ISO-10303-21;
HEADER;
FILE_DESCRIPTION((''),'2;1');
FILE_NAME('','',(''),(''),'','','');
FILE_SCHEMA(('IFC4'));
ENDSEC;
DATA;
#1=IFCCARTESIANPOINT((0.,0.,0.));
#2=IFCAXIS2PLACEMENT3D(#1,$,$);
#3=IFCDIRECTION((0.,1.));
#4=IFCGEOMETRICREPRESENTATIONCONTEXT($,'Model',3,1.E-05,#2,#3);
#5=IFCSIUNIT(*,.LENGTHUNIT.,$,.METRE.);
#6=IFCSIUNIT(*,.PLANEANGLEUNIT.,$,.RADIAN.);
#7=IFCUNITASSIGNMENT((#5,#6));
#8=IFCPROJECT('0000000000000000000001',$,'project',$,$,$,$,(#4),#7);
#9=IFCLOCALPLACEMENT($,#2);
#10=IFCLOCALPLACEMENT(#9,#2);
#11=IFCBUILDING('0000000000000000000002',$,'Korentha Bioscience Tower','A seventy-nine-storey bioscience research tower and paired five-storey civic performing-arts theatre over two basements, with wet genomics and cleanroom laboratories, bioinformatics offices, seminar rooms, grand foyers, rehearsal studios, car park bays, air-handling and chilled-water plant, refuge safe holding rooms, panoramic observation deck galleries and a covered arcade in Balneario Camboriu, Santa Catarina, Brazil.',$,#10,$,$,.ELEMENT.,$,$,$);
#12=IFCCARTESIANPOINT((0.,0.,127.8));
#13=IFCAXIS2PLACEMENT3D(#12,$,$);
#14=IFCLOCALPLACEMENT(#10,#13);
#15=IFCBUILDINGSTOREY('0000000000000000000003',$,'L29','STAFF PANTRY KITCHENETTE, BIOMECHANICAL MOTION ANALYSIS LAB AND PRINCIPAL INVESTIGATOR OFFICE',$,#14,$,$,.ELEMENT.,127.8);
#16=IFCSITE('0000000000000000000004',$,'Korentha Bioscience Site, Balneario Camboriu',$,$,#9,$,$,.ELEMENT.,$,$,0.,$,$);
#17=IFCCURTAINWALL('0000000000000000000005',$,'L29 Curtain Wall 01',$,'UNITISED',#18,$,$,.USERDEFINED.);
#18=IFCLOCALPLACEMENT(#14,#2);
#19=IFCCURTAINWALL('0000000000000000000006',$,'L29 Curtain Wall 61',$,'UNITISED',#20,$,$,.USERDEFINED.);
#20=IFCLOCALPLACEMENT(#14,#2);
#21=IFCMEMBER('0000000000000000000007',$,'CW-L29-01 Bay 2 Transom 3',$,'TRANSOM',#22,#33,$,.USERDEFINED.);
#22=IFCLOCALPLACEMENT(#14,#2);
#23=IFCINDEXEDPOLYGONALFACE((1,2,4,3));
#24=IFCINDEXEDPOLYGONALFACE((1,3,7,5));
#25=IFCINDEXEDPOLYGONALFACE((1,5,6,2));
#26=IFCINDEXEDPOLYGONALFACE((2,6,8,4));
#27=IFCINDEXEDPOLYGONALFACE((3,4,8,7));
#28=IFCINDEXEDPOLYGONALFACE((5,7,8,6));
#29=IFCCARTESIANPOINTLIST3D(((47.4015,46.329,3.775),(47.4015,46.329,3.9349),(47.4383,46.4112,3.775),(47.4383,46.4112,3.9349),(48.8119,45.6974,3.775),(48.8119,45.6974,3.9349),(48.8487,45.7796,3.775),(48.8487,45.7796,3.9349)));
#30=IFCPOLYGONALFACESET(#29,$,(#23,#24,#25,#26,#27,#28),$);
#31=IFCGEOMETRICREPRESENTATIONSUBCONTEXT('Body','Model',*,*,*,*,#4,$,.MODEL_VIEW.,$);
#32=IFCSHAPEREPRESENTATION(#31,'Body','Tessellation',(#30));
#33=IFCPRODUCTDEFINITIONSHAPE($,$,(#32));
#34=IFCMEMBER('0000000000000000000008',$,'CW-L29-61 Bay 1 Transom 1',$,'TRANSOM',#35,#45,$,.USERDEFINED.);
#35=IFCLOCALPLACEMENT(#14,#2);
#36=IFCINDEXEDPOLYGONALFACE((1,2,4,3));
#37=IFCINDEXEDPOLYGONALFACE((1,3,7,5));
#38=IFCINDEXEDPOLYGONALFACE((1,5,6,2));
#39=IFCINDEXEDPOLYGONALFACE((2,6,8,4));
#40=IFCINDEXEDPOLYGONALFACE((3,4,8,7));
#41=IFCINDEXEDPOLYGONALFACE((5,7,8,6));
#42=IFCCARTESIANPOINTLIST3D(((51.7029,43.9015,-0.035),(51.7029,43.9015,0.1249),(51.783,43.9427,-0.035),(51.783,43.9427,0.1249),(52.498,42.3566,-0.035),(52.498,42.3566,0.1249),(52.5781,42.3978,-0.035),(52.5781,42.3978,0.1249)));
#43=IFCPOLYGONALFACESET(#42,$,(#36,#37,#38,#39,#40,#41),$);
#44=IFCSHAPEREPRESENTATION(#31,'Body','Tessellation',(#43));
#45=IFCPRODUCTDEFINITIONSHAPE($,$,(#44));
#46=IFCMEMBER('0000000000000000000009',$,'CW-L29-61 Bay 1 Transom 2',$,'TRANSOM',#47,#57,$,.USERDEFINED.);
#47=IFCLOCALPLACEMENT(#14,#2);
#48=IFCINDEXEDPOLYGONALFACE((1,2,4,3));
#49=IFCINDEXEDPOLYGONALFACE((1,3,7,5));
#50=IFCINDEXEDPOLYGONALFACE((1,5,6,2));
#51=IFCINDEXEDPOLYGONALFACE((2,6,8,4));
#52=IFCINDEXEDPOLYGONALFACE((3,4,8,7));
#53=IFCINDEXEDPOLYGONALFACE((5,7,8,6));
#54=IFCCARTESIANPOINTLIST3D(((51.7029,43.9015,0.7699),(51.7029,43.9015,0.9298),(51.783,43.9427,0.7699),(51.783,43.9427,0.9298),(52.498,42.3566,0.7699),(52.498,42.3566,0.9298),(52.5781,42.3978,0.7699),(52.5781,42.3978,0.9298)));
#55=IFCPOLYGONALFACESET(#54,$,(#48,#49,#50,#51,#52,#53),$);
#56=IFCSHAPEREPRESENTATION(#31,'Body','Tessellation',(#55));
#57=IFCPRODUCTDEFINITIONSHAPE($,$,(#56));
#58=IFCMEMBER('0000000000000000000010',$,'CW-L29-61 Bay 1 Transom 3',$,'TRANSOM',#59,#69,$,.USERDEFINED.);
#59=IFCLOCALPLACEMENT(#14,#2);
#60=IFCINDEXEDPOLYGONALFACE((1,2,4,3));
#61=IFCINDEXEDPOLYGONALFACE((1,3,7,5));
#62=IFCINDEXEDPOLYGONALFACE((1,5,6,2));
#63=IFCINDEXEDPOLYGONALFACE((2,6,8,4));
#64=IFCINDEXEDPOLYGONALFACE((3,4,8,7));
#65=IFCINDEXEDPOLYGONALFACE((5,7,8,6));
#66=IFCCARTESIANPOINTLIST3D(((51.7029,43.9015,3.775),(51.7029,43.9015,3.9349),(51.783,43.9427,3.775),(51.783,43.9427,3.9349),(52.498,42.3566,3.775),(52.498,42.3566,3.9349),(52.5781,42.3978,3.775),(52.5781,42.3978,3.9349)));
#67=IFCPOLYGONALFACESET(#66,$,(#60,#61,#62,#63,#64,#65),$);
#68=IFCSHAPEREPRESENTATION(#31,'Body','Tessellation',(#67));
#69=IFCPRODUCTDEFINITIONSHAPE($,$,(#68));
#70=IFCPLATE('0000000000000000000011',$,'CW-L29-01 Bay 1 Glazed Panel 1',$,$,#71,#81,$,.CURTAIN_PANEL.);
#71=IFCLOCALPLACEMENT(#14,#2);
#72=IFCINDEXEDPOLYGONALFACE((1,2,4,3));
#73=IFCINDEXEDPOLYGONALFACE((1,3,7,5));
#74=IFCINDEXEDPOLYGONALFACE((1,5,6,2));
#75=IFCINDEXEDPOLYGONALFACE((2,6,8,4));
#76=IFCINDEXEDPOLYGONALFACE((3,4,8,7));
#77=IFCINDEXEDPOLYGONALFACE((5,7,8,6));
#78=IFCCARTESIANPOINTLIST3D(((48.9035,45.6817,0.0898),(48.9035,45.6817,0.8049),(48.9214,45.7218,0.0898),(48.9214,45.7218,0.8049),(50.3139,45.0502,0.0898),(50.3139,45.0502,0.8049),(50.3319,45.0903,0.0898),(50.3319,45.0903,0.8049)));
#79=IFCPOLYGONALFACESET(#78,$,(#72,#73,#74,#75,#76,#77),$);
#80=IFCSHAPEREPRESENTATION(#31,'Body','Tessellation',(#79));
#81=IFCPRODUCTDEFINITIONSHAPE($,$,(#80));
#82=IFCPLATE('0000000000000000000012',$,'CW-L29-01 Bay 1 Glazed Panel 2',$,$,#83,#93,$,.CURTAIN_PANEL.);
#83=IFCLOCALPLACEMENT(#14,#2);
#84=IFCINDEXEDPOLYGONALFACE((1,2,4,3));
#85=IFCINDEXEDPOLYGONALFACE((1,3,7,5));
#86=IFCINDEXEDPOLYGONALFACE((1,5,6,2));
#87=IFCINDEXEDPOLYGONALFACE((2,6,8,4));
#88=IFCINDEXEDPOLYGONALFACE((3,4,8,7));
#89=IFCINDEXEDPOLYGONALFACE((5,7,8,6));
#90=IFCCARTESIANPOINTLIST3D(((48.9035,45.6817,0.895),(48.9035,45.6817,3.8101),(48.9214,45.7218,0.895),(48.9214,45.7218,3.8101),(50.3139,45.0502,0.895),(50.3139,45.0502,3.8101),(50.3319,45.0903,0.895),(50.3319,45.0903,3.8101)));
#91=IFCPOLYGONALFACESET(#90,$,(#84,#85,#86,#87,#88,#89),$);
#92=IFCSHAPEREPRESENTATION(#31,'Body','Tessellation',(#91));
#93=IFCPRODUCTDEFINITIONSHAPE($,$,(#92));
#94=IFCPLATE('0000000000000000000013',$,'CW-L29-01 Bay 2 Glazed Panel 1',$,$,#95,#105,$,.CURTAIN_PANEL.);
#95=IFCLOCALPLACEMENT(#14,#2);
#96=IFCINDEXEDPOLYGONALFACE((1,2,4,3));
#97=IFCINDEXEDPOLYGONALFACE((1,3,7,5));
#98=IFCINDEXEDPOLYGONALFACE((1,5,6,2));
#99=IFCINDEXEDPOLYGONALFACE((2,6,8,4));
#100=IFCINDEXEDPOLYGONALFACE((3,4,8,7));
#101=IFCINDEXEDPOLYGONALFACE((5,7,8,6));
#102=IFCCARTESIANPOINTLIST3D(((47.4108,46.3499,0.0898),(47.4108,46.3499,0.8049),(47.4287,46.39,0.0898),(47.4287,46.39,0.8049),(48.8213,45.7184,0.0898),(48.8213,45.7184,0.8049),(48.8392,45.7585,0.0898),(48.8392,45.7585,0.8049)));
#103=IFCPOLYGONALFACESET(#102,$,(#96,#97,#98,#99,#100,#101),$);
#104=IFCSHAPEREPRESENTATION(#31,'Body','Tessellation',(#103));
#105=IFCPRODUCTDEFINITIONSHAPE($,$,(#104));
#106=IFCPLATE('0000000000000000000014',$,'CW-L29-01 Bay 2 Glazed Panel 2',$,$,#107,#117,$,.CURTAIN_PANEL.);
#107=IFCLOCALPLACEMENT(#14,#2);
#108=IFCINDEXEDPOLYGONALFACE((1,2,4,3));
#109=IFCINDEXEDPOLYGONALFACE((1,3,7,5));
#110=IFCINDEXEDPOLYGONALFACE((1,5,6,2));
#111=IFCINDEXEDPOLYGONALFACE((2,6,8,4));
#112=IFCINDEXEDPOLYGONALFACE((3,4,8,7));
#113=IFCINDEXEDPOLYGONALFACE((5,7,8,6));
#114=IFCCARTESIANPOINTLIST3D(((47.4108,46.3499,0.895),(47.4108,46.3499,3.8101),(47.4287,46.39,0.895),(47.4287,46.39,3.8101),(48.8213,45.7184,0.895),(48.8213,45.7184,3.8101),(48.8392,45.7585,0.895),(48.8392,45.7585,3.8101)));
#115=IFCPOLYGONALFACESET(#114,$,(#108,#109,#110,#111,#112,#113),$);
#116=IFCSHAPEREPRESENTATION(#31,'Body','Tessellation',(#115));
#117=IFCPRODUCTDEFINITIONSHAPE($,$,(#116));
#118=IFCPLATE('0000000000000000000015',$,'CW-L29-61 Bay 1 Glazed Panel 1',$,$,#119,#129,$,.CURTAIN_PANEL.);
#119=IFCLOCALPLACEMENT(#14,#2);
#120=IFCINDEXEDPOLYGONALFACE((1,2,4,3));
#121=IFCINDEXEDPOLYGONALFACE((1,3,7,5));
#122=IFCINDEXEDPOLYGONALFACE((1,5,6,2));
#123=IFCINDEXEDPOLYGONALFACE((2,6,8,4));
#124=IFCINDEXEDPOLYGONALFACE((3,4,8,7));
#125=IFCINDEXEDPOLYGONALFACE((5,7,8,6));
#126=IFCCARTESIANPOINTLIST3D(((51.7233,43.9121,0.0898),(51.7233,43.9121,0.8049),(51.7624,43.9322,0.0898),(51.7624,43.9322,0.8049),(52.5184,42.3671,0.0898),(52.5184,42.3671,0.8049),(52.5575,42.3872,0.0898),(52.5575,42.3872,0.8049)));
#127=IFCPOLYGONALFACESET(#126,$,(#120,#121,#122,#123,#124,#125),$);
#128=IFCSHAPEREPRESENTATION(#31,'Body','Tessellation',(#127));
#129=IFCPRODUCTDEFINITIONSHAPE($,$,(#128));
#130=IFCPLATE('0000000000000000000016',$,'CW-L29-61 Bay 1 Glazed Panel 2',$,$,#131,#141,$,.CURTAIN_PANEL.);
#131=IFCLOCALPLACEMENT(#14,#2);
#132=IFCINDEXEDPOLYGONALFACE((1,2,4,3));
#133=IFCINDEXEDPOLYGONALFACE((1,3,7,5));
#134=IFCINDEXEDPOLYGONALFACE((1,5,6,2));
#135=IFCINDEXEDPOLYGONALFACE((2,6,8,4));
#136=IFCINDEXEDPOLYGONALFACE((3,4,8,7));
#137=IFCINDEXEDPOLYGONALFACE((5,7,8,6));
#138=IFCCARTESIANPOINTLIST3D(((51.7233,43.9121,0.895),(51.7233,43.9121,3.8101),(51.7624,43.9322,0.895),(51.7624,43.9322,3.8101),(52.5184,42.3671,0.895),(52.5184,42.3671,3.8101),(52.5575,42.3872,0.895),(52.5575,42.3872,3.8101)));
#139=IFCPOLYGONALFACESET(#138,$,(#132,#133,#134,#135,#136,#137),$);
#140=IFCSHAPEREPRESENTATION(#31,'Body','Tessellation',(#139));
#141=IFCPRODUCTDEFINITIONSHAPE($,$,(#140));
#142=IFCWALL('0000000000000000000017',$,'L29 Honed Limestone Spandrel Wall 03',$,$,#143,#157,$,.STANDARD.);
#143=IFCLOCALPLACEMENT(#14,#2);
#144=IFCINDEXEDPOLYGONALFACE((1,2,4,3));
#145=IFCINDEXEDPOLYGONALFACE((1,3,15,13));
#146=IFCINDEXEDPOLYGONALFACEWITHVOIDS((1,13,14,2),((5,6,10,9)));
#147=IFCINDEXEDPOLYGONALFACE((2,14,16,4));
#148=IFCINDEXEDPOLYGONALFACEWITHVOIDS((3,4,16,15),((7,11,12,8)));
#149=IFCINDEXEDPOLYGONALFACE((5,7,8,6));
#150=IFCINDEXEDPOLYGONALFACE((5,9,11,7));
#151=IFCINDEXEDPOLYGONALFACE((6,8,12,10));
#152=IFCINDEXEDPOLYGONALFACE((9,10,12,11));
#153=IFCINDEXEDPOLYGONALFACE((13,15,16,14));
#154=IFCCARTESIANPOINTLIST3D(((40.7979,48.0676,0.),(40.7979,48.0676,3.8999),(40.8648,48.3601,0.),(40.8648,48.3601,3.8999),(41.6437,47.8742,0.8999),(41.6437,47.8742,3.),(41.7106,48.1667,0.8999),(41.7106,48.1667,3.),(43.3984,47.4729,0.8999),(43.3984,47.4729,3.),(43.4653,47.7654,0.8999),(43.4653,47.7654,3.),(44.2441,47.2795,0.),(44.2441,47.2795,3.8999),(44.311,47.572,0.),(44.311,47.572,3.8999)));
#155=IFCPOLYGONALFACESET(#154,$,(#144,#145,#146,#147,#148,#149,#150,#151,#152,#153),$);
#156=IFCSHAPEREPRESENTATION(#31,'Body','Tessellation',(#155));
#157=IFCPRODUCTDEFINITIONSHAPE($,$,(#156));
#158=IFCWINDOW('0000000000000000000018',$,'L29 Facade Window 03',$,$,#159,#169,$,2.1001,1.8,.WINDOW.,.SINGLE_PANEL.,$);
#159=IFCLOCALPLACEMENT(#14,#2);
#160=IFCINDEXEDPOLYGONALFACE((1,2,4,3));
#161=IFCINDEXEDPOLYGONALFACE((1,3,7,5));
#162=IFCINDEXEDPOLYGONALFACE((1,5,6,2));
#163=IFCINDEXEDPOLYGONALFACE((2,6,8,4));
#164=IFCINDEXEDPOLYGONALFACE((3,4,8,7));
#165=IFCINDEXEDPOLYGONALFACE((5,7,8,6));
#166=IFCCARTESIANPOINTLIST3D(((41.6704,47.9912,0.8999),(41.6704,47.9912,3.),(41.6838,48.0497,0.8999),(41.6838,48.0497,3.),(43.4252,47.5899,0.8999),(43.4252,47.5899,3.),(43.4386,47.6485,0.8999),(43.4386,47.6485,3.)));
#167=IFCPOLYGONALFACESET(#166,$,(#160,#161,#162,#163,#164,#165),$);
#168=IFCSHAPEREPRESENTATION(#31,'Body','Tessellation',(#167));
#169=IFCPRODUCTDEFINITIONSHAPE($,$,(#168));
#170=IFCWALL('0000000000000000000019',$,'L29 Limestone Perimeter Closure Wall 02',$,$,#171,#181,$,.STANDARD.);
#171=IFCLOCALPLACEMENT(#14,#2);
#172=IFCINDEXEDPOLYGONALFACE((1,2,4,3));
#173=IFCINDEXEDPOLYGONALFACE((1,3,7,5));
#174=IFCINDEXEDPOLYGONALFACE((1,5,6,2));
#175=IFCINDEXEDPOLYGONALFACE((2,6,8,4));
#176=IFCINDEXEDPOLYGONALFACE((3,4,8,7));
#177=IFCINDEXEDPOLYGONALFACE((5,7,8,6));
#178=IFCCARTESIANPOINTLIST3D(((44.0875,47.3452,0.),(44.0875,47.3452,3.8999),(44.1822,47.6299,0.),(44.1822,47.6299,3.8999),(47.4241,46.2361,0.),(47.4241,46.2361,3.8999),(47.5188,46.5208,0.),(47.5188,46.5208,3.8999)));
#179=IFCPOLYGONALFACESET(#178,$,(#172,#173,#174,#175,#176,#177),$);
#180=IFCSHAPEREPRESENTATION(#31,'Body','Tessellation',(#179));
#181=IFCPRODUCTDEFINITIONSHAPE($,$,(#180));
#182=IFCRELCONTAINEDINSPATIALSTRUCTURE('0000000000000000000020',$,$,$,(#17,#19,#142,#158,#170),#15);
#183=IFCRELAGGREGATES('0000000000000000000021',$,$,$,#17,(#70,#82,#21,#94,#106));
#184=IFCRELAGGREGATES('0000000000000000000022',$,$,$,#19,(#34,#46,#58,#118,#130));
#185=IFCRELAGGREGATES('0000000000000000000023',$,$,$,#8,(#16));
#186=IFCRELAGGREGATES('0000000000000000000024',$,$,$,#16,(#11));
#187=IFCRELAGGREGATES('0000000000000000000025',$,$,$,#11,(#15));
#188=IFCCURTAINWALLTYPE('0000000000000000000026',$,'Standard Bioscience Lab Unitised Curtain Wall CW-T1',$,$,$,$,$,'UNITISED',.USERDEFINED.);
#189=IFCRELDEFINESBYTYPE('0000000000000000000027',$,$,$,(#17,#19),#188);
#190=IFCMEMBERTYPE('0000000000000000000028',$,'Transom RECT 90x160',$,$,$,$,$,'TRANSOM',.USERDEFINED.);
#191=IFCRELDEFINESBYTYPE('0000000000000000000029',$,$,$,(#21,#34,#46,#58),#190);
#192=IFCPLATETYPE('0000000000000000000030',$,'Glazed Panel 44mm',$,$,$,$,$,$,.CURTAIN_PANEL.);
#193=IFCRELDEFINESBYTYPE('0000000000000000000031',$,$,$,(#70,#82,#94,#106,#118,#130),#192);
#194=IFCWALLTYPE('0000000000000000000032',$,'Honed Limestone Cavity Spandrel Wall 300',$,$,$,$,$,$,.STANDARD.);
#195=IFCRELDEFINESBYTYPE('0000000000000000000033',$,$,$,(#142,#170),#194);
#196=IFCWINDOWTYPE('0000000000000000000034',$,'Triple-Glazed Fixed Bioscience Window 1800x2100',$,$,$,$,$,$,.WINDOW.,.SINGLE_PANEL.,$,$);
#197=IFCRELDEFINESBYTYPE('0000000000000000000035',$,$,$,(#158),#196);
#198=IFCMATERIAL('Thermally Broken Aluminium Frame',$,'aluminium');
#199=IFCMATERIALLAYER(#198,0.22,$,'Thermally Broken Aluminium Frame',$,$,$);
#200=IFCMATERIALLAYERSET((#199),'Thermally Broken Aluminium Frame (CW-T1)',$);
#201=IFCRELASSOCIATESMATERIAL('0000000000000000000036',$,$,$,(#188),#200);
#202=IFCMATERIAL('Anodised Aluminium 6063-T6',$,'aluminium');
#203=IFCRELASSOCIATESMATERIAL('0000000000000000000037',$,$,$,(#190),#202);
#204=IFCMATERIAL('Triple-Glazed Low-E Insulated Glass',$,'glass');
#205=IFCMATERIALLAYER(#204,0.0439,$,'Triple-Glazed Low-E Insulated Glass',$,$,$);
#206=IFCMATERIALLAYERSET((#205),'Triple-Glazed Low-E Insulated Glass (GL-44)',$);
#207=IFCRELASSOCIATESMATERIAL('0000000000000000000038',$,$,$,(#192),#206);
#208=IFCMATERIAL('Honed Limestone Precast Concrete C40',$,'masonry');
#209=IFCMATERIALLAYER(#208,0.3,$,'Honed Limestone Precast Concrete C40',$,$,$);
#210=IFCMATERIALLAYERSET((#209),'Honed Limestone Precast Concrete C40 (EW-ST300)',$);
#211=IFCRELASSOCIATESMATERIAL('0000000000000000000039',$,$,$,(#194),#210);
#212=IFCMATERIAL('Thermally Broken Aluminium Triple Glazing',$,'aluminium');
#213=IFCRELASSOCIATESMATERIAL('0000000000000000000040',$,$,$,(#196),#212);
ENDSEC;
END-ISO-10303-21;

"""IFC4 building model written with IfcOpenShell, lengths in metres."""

from ifc_helpers import new_model, si_unit, direction, frame, frame_2d, origin, origin_2d, place, context, subcontext, project, spatial, rectangle, extrude, material, layer, layer_set, material_profile, profile_set, type_object, element, fill, aggregate, save


model = new_model("IFC4")

# Units and contexts
model_context = context("Model", 3, precision=1e-05, world=origin(), true_north=direction((0.0, 1.0)))
body_context = subcontext(model_context, "Body", "Model", "MODEL_VIEW")
ifc_project = project(units=[si_unit("LENGTHUNIT", "METRE"), si_unit("PLANEANGLEUNIT", "RADIAN")], contexts=[model_context])

# Site, building, storey
site_placement = place(None, origin())
site = spatial("IfcSite", under=ifc_project, at=site_placement, Name="Korentha Bioscience Site, Balneario Camboriu", CompositionType="ELEMENT", RefElevation=0.0)
building_placement = place(site_placement, origin())
building = spatial("IfcBuilding", under=site, at=building_placement, Name="Korentha Bioscience Tower", Description="A seventy-nine-storey bioscience research tower and paired five-storey civic performing-arts theatre over two basements, with wet genomics and cleanroom laboratories, bioinformatics offices, seminar rooms, grand foyers, rehearsal studios, car park bays, air-handling and chilled-water plant, refuge safe holding rooms, panoramic observation deck galleries and a covered arcade in Balneario Camboriu, Santa Catarina, Brazil.", CompositionType="ELEMENT")
storey_placement = place(building_placement, frame((0.0, 0.0, 127.8)))
storey = spatial("IfcBuildingStorey", under=building, at=storey_placement, Name="L29", Description="STAFF PANTRY KITCHENETTE, BIOMECHANICAL MOTION ANALYSIS LAB AND PRINCIPAL INVESTIGATOR OFFICE", CompositionType="ELEMENT", Elevation=127.8)

# Curtain wall
ifc_material_1 = material(Name="Thermally Broken Aluminium Frame", Category="aluminium")
ifc_layer_1 = layer(ifc_material_1, 0.22, Name="Thermally Broken Aluminium Frame")
ifc_layer_set_1 = layer_set([ifc_layer_1], Name="Thermally Broken Aluminium Frame (CW-T1)")
curtain_wall_type = type_object("IfcCurtainWallType", Name="Standard Bioscience Lab Unitised Curtain Wall CW-T1", ElementType="UNITISED", PredefinedType="USERDEFINED", material=ifc_layer_set_1)
curtain_wall_1_placement = place(storey_placement, origin())
curtain_wall_1 = element("IfcCurtainWall", 1, at=curtain_wall_1_placement, inside=storey, type_object=curtain_wall_type, Name="L29 Curtain Wall 01", ObjectType="UNITISED", PredefinedType="USERDEFINED")
ifc_material_2 = material(Name="Anodised Aluminium 6063-T6", Category="aluminium")

# Curtain wall
curtain_wall_2_placement = place(storey_placement, origin())
curtain_wall_2 = element("IfcCurtainWall", 2, at=curtain_wall_2_placement, inside=storey, type_object=curtain_wall_type, Name="L29 Curtain Wall 61", ObjectType="UNITISED", PredefinedType="USERDEFINED")

# Members
ifc_material_profile_1 = material_profile(ifc_material_2, rectangle(XDim=0.0901, YDim=0.1599, at=origin_2d()), Name="Anodised Aluminium 6063-T6")
ifc_profile_set_1 = profile_set([ifc_material_profile_1], Name="Anodised Aluminium 6063-T6 (CW-TRN)")
member_type_1 = type_object("IfcMemberType", Name="Transom RECT 90x160", ElementType="TRANSOM", PredefinedType="USERDEFINED", material=ifc_profile_set_1)
member_1_placement = place(storey_placement, frame((48.8303, 45.7385, 3.855), z_axis=(-0.912668, 0.408702, 0.0), x_axis=(-0.408702, -0.912668, 0.0)))
member_1 = element("IfcMember", 3, at=member_1_placement, type_object=member_type_1, Name="CW-L29-01 Bay 2 Transom 3", ObjectType="TRANSOM", PredefinedType="USERDEFINED", context=body_context, shape_type="SweptSolid", body=[
    extrude(rectangle(XDim=0.0901, YDim=0.1599, at=origin_2d()), origin(), (0.0, 0.0, 1.0), 1.5454),
])
member_2_placement = place(storey_placement, frame((52.5381, 42.3772, 0.0449), z_axis=(-0.457637, 0.889139, 0.0), x_axis=(-0.889139, -0.457637, 0.0)))
member_2 = element("IfcMember", 4, at=member_2_placement, type_object=member_type_1, Name="CW-L29-61 Bay 1 Transom 1", ObjectType="TRANSOM", PredefinedType="USERDEFINED", context=body_context, shape_type="SweptSolid", body=[
    extrude(rectangle(XDim=0.0901, YDim=0.1599, at=origin_2d()), origin(), (0.0, 0.0, 1.0), 1.7375),
])
member_3_placement = place(storey_placement, frame((52.5381, 42.3772, 0.8499), z_axis=(-0.457637, 0.889139, 0.0), x_axis=(-0.889139, -0.457637, 0.0)))
member_3 = element("IfcMember", 5, at=member_3_placement, type_object=member_type_1, Name="CW-L29-61 Bay 1 Transom 2", ObjectType="TRANSOM", PredefinedType="USERDEFINED", context=body_context, shape_type="SweptSolid", body=[
    extrude(rectangle(XDim=0.0901, YDim=0.1599, at=origin_2d()), origin(), (0.0, 0.0, 1.0), 1.7375),
])
member_4_placement = place(storey_placement, frame((52.5381, 42.3772, 3.855), z_axis=(-0.457637, 0.889139, 0.0), x_axis=(-0.889139, -0.457637, 0.0)))
member_4 = element("IfcMember", 6, at=member_4_placement, type_object=member_type_1, Name="CW-L29-61 Bay 1 Transom 3", ObjectType="TRANSOM", PredefinedType="USERDEFINED", context=body_context, shape_type="SweptSolid", body=[
    extrude(rectangle(XDim=0.0901, YDim=0.1599, at=origin_2d()), origin(), (0.0, 0.0, 1.0), 1.7375),
])

# Plates
ifc_material_3 = material(Name="Triple-Glazed Low-E Insulated Glass", Category="glass")
ifc_layer_2 = layer(ifc_material_3, 0.0439, Name="Triple-Glazed Low-E Insulated Glass")
ifc_layer_set_2 = layer_set([ifc_layer_2], Name="Triple-Glazed Low-E Insulated Glass (GL-44)")
plate_type = type_object("IfcPlateType", Name="Glazed Panel 44mm", PredefinedType="CURTAIN_PANEL", material=ifc_layer_set_2)
plate_1_placement = place(storey_placement, frame((49.6177, 45.386, 0.0898), z_axis=(0.0, 0.0, 1.0), x_axis=(-0.912687, 0.40866, 0.0)))
plate_1 = element("IfcPlate", 7, at=plate_1_placement, type_object=plate_type, Name="CW-L29-01 Bay 1 Glazed Panel 1", PredefinedType="CURTAIN_PANEL", context=body_context, shape_type="SweptSolid", body=[
    extrude(rectangle(XDim=1.5454, YDim=0.0439, at=origin_2d()), origin(), (0.0, 0.0, 1.0), 0.7151),
])
plate_2_placement = place(storey_placement, frame((49.6177, 45.386, 0.895), z_axis=(0.0, 0.0, 1.0), x_axis=(-0.912687, 0.40866, 0.0)))
plate_2 = element("IfcPlate", 8, at=plate_2_placement, type_object=plate_type, Name="CW-L29-01 Bay 1 Glazed Panel 2", PredefinedType="CURTAIN_PANEL", context=body_context, shape_type="SweptSolid", body=[
    extrude(rectangle(XDim=1.5454, YDim=0.0439, at=origin_2d()), origin(), (0.0, 0.0, 1.0), 2.915),
])
plate_3_placement = place(storey_placement, frame((48.125, 46.0542, 0.0898), z_axis=(0.0, 0.0, 1.0), x_axis=(-0.912687, 0.40866, 0.0)))
plate_3 = element("IfcPlate", 9, at=plate_3_placement, type_object=plate_type, Name="CW-L29-01 Bay 2 Glazed Panel 1", PredefinedType="CURTAIN_PANEL", context=body_context, shape_type="SweptSolid", body=[
    extrude(rectangle(XDim=1.5454, YDim=0.0439, at=origin_2d()), origin(), (0.0, 0.0, 1.0), 0.7151),
])
plate_4_placement = place(storey_placement, frame((48.125, 46.0542, 0.895), z_axis=(0.0, 0.0, 1.0), x_axis=(-0.912687, 0.40866, 0.0)))
plate_4 = element("IfcPlate", 10, at=plate_4_placement, type_object=plate_type, Name="CW-L29-01 Bay 2 Glazed Panel 2", PredefinedType="CURTAIN_PANEL", context=body_context, shape_type="SweptSolid", body=[
    extrude(rectangle(XDim=1.5454, YDim=0.0439, at=origin_2d()), origin(), (0.0, 0.0, 1.0), 2.915),
])
aggregate(curtain_wall_1, [plate_1, plate_2, member_1, plate_3, plate_4])
plate_5_placement = place(storey_placement, frame((52.1404, 43.1497, 0.0898), z_axis=(0.0, 0.0, 1.0), x_axis=(-0.457613, 0.889151, 0.0)))
plate_5 = element("IfcPlate", 11, at=plate_5_placement, type_object=plate_type, Name="CW-L29-61 Bay 1 Glazed Panel 1", PredefinedType="CURTAIN_PANEL", context=body_context, shape_type="SweptSolid", body=[
    extrude(rectangle(XDim=1.7375, YDim=0.0439, at=origin_2d()), origin(), (0.0, 0.0, 1.0), 0.7151),
])
plate_6_placement = place(storey_placement, frame((52.1404, 43.1497, 0.895), z_axis=(0.0, 0.0, 1.0), x_axis=(-0.457613, 0.889151, 0.0)))
plate_6 = element("IfcPlate", 12, at=plate_6_placement, type_object=plate_type, Name="CW-L29-61 Bay 1 Glazed Panel 2", PredefinedType="CURTAIN_PANEL", context=body_context, shape_type="SweptSolid", body=[
    extrude(rectangle(XDim=1.7375, YDim=0.0439, at=origin_2d()), origin(), (0.0, 0.0, 1.0), 2.915),
])
aggregate(curtain_wall_2, [member_2, member_3, member_4, plate_5, plate_6])

# Wall, opening, window
ifc_material_4 = material(Name="Honed Limestone Precast Concrete C40", Category="masonry")
ifc_layer_3 = layer(ifc_material_4, 0.3, Name="Honed Limestone Precast Concrete C40")
ifc_layer_set_3 = layer_set([ifc_layer_3], Name="Honed Limestone Precast Concrete C40 (EW-ST300)")
wall_type_1 = type_object("IfcWallType", Name="Honed Limestone Cavity Spandrel Wall 300", PredefinedType="STANDARD", material=ifc_layer_set_3)
wall_1_placement = place(storey_placement, frame((44.2776, 47.4258, 0.0), z_axis=(0.0, 0.0, 1.0), x_axis=(-0.974836, 0.222922, 0.0)))
wall_1 = element("IfcWall", 13, at=wall_1_placement, inside=storey, type_object=wall_type_1, Name="L29 Honed Limestone Spandrel Wall 03", PredefinedType="STANDARD", context=body_context, shape_type="SweptSolid", body=[
    extrude(rectangle(XDim=3.5352, YDim=0.3, at=frame_2d((1.7676, 0.0))), origin(), (0.0, 0.0, 1.0), 3.8999),
])
opening_1_placement = place(wall_1_placement, frame((0.8677, 0.0, 0.8999)))
opening_1 = element("IfcOpeningElement", 14, at=opening_1_placement, cuts=wall_1, PredefinedType="OPENING", context=body_context, shape_type="SweptSolid", body=[
    extrude(rectangle(XDim=1.8, YDim=2.1001, at=frame_2d((0.8999, 1.05))), frame((0.0, 0.165, 0.0), z_axis=(0.0, -1.0, 0.0), x_axis=(1.0, 0.0, 0.0)), (0.0, 0.0, 1.0), 0.3298),
])
ifc_material_5 = material(Name="Thermally Broken Aluminium Triple Glazing", Category="aluminium")
window_type = type_object("IfcWindowType", Name="Triple-Glazed Fixed Bioscience Window 1800x2100", PartitioningType="SINGLE_PANEL", PredefinedType="WINDOW", material=ifc_material_5)
window_placement = place(opening_1_placement, origin())
window = element("IfcWindow", 15, at=window_placement, inside=storey, type_object=window_type, Name="L29 Facade Window 03", OverallHeight=2.1001, OverallWidth=1.8, PartitioningType="SINGLE_PANEL", PredefinedType="WINDOW", context=body_context, shape_type="SweptSolid", body=[
    extrude(rectangle(XDim=1.8, YDim=2.1001, at=frame_2d((0.8999, 1.05))), frame((0.0, 0.03, 0.0), z_axis=(0.0, -1.0, 0.0), x_axis=(1.0, 0.0, 0.0)), (0.0, 0.0, 1.0), 0.0601),
])
fill(opening_1, window)

# Wall
wall_2_placement = place(storey_placement, frame((47.4714, 46.3784, 0.0), z_axis=(0.0, 0.0, 1.0), x_axis=(-0.948947, 0.315436, 0.0)))
element("IfcWall", 16, at=wall_2_placement, inside=storey, type_object=wall_type_1, Name="L29 Limestone Perimeter Closure Wall 02", PredefinedType="STANDARD", context=body_context, shape_type="SweptSolid", body=[
    extrude(rectangle(XDim=3.5161, YDim=0.3, at=frame_2d((1.7581, 0.0))), origin(), (0.0, 0.0, 1.0), 3.8999),
])

save(model, "model.ifc")
